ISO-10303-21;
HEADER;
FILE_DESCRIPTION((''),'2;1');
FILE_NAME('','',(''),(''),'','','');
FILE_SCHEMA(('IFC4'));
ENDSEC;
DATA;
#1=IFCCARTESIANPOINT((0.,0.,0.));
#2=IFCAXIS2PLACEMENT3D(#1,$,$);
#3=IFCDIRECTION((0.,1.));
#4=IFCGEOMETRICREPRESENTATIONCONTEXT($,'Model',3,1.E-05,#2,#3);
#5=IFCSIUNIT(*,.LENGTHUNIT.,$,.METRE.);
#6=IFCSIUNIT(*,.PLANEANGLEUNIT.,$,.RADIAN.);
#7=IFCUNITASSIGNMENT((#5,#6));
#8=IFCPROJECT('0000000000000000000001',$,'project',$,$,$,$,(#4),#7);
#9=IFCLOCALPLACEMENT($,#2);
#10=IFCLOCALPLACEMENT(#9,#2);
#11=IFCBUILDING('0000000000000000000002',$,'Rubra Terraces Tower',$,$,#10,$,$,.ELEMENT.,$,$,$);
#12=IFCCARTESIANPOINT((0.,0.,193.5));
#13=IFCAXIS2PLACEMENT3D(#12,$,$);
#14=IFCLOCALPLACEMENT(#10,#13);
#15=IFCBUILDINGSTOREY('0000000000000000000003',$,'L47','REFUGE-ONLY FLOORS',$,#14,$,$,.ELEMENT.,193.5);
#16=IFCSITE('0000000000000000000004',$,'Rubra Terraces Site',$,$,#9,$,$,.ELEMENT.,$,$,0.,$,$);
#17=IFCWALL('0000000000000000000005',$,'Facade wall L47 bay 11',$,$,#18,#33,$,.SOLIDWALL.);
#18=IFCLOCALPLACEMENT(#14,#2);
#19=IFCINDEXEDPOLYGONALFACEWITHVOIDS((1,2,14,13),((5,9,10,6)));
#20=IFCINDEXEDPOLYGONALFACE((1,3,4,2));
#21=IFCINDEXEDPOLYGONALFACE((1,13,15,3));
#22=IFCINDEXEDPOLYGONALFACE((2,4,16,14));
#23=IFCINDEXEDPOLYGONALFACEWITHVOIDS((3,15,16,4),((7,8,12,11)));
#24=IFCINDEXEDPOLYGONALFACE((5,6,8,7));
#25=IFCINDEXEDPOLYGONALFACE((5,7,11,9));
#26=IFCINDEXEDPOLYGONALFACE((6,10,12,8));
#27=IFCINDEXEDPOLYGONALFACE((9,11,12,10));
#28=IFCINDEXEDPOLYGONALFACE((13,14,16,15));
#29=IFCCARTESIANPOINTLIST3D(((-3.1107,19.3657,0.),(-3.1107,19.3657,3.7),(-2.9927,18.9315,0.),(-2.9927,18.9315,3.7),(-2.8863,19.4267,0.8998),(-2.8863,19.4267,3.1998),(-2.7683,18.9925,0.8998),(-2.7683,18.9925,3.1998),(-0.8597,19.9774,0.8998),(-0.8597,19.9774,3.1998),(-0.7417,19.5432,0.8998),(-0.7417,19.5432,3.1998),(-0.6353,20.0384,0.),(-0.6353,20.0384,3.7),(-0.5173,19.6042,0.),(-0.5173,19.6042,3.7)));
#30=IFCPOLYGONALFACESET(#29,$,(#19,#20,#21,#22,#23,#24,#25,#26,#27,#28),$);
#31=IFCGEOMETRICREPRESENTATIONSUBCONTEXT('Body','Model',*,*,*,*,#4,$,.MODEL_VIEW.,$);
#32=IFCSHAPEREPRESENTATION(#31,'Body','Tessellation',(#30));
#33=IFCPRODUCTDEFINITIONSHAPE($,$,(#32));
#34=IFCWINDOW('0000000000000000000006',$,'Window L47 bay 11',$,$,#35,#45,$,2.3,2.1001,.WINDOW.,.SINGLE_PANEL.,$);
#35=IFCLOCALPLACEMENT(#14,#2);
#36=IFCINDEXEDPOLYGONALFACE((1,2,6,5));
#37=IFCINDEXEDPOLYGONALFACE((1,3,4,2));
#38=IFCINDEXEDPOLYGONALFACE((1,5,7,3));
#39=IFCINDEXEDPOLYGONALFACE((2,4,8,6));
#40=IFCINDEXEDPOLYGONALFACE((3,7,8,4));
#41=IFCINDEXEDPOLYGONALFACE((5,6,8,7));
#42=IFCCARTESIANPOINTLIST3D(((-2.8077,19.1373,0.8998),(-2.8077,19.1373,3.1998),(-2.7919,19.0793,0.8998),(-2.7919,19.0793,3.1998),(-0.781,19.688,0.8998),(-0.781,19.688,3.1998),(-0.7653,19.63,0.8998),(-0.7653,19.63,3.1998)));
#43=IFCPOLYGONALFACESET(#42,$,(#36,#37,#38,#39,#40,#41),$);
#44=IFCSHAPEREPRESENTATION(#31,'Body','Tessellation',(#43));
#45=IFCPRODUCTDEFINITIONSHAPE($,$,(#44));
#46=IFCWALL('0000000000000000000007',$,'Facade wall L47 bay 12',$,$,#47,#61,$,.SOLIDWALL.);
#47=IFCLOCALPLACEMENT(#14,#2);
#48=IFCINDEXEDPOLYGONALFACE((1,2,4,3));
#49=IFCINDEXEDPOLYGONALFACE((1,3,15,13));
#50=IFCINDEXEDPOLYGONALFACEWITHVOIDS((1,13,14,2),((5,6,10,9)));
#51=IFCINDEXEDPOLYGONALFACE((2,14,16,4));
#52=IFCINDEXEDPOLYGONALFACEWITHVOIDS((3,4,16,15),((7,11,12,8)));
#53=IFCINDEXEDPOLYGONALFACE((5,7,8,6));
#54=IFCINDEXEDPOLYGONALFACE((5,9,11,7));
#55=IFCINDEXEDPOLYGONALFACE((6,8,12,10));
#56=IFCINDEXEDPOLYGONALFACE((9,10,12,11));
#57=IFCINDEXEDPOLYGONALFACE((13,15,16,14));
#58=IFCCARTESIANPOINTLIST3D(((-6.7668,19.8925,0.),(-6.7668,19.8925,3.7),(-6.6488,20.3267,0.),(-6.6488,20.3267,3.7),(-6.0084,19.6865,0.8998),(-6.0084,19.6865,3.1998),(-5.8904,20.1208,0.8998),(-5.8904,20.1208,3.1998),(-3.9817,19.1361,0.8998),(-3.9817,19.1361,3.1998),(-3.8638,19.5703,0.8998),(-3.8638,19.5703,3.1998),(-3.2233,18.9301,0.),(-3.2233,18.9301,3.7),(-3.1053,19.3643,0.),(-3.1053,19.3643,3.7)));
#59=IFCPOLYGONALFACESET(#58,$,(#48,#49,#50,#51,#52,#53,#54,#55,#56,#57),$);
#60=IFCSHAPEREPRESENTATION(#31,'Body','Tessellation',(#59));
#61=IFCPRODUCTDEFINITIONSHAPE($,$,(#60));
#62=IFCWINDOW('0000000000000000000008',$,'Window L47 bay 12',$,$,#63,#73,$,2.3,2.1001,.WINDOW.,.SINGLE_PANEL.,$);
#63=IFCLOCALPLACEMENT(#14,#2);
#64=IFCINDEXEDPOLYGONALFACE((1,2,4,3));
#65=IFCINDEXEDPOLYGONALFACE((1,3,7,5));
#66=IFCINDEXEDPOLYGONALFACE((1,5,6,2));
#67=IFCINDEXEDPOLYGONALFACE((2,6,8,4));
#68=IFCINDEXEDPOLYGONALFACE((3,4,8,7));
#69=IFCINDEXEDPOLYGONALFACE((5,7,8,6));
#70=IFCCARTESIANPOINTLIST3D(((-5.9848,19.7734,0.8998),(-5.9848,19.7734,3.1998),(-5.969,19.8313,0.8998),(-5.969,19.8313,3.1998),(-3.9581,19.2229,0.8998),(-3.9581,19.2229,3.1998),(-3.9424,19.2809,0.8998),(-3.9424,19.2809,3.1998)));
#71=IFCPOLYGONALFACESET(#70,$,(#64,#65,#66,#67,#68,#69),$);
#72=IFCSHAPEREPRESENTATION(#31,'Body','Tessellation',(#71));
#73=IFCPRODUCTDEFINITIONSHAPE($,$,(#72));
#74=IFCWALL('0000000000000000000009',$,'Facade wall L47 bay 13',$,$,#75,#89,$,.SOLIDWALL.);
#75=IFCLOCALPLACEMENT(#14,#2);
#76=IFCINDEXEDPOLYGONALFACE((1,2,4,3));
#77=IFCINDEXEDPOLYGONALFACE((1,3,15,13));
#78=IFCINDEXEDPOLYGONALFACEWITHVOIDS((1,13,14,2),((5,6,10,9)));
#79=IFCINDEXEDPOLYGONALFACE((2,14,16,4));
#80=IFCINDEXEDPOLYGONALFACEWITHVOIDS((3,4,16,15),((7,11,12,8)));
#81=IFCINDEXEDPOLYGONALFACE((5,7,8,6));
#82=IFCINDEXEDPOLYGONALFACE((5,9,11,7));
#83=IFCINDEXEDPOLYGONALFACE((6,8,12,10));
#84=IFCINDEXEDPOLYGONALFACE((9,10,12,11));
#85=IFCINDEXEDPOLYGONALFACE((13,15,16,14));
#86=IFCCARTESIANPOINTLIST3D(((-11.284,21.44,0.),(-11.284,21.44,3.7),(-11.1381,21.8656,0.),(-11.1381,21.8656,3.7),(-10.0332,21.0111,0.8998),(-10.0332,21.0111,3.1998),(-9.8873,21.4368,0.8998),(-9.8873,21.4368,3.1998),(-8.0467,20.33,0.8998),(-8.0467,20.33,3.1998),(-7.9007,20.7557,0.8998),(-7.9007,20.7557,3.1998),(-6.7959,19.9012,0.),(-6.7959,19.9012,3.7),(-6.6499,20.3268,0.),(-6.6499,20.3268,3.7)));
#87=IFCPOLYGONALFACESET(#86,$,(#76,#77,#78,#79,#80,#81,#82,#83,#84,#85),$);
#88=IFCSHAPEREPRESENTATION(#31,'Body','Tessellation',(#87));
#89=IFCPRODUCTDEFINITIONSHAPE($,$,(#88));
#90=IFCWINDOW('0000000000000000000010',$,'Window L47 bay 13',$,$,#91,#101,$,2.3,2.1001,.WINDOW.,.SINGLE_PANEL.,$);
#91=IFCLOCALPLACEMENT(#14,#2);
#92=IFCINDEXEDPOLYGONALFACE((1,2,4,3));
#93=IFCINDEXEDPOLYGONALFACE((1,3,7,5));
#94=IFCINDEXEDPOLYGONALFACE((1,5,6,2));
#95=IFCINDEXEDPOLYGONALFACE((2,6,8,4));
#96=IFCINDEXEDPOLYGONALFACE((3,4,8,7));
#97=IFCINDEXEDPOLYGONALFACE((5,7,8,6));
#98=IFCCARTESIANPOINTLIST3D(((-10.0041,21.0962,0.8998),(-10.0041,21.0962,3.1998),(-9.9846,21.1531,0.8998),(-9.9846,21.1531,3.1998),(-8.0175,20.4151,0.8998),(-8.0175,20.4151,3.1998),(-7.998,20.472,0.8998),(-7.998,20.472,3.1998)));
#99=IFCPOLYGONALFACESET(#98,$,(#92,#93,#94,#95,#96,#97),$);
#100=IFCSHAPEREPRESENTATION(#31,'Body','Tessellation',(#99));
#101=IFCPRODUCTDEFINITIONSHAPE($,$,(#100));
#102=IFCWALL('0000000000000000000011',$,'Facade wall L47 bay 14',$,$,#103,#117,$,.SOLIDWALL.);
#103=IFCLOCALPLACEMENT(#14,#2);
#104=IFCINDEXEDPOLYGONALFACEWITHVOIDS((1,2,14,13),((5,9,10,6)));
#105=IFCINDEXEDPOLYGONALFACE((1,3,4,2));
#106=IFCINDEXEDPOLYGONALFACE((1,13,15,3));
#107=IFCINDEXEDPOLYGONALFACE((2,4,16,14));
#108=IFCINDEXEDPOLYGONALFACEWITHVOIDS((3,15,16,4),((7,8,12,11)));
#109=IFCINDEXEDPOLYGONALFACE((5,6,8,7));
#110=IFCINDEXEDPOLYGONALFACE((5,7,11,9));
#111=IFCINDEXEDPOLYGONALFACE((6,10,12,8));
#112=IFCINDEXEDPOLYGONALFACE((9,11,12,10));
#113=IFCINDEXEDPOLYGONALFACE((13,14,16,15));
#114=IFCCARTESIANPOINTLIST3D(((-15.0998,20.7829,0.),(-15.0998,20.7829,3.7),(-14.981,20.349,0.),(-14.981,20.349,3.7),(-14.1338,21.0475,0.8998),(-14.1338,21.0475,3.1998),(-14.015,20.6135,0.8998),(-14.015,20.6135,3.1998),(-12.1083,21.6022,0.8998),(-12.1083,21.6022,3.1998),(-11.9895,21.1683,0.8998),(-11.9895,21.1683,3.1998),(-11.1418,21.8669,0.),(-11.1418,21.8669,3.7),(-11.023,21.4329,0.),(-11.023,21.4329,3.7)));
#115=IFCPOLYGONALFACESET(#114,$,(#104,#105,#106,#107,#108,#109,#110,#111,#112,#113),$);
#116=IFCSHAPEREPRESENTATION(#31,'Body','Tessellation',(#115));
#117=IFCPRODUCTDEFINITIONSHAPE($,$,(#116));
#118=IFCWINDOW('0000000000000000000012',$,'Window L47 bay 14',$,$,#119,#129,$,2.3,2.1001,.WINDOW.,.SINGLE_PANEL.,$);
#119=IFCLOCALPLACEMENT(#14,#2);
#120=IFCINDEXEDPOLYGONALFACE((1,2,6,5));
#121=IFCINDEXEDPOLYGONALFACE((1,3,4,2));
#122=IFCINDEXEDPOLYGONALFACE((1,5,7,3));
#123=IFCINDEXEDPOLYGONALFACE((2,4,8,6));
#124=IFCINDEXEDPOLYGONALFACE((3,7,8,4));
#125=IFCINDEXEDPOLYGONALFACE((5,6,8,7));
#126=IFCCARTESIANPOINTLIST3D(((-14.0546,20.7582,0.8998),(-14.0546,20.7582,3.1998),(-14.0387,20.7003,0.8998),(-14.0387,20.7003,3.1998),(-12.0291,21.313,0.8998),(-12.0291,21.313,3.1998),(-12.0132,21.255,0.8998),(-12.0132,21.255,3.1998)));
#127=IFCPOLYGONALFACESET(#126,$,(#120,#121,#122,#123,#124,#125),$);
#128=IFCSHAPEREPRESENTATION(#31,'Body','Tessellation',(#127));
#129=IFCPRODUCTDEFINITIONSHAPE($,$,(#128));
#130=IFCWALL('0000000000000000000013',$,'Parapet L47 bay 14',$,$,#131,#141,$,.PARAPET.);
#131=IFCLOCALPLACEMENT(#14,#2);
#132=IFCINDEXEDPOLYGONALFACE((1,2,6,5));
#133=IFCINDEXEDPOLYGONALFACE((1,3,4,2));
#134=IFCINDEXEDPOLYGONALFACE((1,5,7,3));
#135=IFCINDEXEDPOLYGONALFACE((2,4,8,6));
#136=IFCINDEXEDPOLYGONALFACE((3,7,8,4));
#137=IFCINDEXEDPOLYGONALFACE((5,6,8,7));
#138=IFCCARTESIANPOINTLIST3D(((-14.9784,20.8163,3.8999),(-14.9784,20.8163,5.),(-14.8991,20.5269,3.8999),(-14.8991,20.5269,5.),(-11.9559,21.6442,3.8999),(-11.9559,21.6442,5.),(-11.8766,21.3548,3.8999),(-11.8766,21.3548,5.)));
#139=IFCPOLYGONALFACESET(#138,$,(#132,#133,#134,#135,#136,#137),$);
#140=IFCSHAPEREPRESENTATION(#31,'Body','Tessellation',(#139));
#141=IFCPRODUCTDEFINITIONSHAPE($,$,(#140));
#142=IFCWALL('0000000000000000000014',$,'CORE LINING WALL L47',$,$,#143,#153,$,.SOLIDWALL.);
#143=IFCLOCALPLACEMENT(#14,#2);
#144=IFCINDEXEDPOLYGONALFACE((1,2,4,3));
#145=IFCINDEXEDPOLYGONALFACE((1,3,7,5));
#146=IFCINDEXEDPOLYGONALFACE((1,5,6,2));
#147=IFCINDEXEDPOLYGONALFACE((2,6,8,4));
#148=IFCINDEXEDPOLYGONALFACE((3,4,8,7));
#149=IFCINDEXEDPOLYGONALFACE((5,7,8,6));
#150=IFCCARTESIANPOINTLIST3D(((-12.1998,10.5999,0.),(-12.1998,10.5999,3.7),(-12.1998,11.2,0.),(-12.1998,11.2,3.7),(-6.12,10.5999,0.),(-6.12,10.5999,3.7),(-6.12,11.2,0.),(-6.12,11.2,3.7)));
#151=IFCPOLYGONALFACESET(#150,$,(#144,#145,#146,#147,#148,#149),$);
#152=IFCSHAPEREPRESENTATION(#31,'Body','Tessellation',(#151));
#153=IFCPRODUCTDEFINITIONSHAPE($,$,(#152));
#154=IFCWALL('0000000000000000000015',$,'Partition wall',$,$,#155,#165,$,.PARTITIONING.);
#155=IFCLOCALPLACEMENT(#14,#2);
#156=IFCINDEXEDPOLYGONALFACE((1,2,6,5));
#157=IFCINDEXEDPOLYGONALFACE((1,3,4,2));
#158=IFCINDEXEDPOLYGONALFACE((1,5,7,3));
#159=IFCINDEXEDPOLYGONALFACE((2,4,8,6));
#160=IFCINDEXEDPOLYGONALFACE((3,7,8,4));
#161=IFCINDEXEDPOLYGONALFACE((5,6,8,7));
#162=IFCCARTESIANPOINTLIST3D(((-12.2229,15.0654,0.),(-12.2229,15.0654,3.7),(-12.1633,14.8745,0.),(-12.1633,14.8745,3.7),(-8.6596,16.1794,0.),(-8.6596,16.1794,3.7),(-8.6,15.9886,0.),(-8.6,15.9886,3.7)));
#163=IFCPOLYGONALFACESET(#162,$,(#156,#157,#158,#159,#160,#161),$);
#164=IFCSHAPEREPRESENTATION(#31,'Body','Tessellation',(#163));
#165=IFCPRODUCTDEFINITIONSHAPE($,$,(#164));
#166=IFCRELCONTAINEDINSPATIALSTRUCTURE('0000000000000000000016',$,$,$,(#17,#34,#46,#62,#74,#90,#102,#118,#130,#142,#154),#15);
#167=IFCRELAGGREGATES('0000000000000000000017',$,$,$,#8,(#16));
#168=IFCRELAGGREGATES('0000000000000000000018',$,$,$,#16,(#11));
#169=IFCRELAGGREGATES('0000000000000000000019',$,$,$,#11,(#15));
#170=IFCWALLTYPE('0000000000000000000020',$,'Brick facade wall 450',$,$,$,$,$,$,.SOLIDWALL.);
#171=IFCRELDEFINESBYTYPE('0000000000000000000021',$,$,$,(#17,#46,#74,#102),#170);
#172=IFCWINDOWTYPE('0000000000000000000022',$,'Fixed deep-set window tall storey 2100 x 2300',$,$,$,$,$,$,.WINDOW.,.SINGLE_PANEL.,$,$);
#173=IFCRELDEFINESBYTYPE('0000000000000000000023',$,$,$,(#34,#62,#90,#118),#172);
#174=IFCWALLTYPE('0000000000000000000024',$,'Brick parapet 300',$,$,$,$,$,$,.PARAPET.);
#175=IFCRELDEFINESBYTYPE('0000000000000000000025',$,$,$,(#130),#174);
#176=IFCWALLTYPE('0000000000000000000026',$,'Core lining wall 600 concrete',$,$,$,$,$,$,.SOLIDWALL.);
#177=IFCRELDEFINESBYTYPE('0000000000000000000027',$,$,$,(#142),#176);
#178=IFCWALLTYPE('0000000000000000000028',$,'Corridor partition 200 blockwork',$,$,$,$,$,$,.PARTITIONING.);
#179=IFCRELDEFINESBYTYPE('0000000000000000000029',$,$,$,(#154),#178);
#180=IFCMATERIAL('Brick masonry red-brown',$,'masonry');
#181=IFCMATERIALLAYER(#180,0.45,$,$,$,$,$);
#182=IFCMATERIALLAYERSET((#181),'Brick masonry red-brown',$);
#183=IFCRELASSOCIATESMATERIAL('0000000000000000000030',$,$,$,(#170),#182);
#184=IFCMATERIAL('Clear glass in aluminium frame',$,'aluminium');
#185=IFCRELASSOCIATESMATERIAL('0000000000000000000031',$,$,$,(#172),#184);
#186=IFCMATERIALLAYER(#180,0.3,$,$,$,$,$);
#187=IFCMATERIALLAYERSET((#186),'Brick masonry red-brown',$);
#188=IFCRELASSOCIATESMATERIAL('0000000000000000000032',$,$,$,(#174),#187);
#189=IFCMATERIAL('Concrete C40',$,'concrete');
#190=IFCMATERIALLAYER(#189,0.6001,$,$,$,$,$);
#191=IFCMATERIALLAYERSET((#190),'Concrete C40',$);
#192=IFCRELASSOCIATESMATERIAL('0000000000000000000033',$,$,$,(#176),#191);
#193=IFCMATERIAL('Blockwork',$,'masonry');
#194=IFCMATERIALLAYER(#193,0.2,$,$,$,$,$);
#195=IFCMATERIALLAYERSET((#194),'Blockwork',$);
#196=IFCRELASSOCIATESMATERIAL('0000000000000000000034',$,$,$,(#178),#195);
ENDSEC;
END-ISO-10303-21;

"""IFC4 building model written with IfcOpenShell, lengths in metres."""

from ifc_helpers import new_model, si_unit, direction, frame, frame_2d, origin, place, context, subcontext, project, spatial, rectangle, extrude, material, layer, layer_set, type_object, element, fill, save


model = new_model("IFC4")

# Units and contexts
model_context = context("Model", 3, precision=1e-05, world=origin(), true_north=direction((0.0, 1.0)))
body_context = subcontext(model_context, "Body", "Model", "MODEL_VIEW")
ifc_project = project(units=[si_unit("LENGTHUNIT", "METRE"), si_unit("PLANEANGLEUNIT", "RADIAN")], contexts=[model_context])

# Site, building, storey
site_placement = place(None, origin())
site = spatial("IfcSite", under=ifc_project, at=site_placement, Name="Rubra Terraces Site", CompositionType="ELEMENT", RefElevation=0.0)
building_placement = place(site_placement, origin())
building = spatial("IfcBuilding", under=site, at=building_placement, Name="Rubra Terraces Tower", CompositionType="ELEMENT")
storey_placement = place(building_placement, frame((0.0, 0.0, 193.5)))
storey = spatial("IfcBuildingStorey", under=building, at=storey_placement, Name="L47", Description="REFUGE-ONLY FLOORS", CompositionType="ELEMENT", Elevation=193.5)

# Walls, openings, windows
ifc_material_1 = material(Name="Brick masonry red-brown", Category="masonry")
ifc_layer_1 = layer(ifc_material_1, 0.45)
ifc_layer_set_1 = layer_set([ifc_layer_1], Name="Brick masonry red-brown")
wall_type_1 = type_object("IfcWallType", Name="Brick facade wall 450", PredefinedType="SOLIDWALL", material=ifc_layer_set_1)
wall_1_placement = place(storey_placement, frame((-0.5762, 19.8213, 0.0), z_axis=(0.0, 0.0, 1.0), x_axis=(-0.965009, -0.262215, 0.0)))
wall_1 = element("IfcWall", 1, at=wall_1_placement, inside=storey, type_object=wall_type_1, Name="Facade wall L47 bay 11", PredefinedType="SOLIDWALL", context=body_context, shape_type="SweptSolid", body=[
    extrude(rectangle(XDim=2.5652, YDim=0.45, at=frame_2d((1.2827, 0.0))), origin(), (0.0, 0.0, 1.0), 3.7),
])
opening_1_placement = place(wall_1_placement, frame((0.2327, 0.0, 0.8999)))
opening_1 = element("IfcOpeningElement", 2, at=opening_1_placement, cuts=wall_1, PredefinedType="OPENING", context=body_context, shape_type="SweptSolid", body=[
    extrude(rectangle(XDim=2.1001, YDim=2.3, at=frame_2d((1.05, 1.1499))), frame((0.0, 0.2349, 0.0), z_axis=(0.0, -1.0, 0.0), x_axis=(1.0, 0.0, 0.0)), (0.0, 0.0, 1.0), 0.47),
])
ifc_material_2 = material(Name="Clear glass in aluminium frame", Category="aluminium")
window_type = type_object("IfcWindowType", Name="Fixed deep-set window tall storey 2100 x 2300", PartitioningType="SINGLE_PANEL", PredefinedType="WINDOW", material=ifc_material_2)
window_1_placement = place(opening_1_placement, origin())
window_1 = element("IfcWindow", 3, at=window_1_placement, inside=storey, type_object=window_type, Name="Window L47 bay 11", OverallHeight=2.3, OverallWidth=2.1001, PartitioningType="SINGLE_PANEL", PredefinedType="WINDOW", context=body_context, shape_type="SweptSolid", body=[
    extrude(rectangle(XDim=2.1001, YDim=2.3, at=frame_2d((1.05, 1.1499))), frame((0.0, 0.135, 0.0), z_axis=(0.0, -1.0, 0.0), x_axis=(1.0, 0.0, 0.0)), (0.0, 0.0, 1.0), 0.0601),
])
fill(opening_1, window_1)
wall_2_placement = place(storey_placement, frame((-3.1643, 19.1472, 0.0), z_axis=(0.0, 0.0, 1.0), x_axis=(-0.965039, 0.262105, 0.0)))
wall_2 = element("IfcWall", 4, at=wall_2_placement, inside=storey, type_object=wall_type_1, Name="Facade wall L47 bay 12", PredefinedType="SOLIDWALL", context=body_context, shape_type="SweptSolid", body=[
    extrude(rectangle(XDim=3.6719, YDim=0.45, at=frame_2d((1.8359, 0.0))), origin(), (0.0, 0.0, 1.0), 3.7),
])
opening_2_placement = place(wall_2_placement, frame((0.7859, 0.0, 0.8999)))
opening_2 = element("IfcOpeningElement", 5, at=opening_2_placement, cuts=wall_2, PredefinedType="OPENING", context=body_context, shape_type="SweptSolid", body=[
    extrude(rectangle(XDim=2.1001, YDim=2.3, at=frame_2d((1.05, 1.1499))), frame((0.0, 0.2349, 0.0), z_axis=(0.0, -1.0, 0.0), x_axis=(1.0, 0.0, 0.0)), (0.0, 0.0, 1.0), 0.47),
])
window_2_placement = place(opening_2_placement, origin())
window_2 = element("IfcWindow", 6, at=window_2_placement, inside=storey, type_object=window_type, Name="Window L47 bay 12", OverallHeight=2.3, OverallWidth=2.1001, PartitioningType="SINGLE_PANEL", PredefinedType="WINDOW", context=body_context, shape_type="SweptSolid", body=[
    extrude(rectangle(XDim=2.1001, YDim=2.3, at=frame_2d((1.05, 1.1499))), frame((0.0, 0.135, 0.0), z_axis=(0.0, -1.0, 0.0), x_axis=(1.0, 0.0, 0.0)), (0.0, 0.0, 1.0), 0.0601),
])
fill(opening_2, window_2)
wall_3_placement = place(storey_placement, frame((-6.7229, 20.114, 0.0), z_axis=(0.0, 0.0, 1.0), x_axis=(-0.945947, 0.32432, 0.0)))
wall_3 = element("IfcWall", 7, at=wall_3_placement, inside=storey, type_object=wall_type_1, Name="Facade wall L47 bay 13", PredefinedType="SOLIDWALL", context=body_context, shape_type="SweptSolid", body=[
    extrude(rectangle(XDim=4.7446, YDim=0.45, at=frame_2d((2.3723, 0.0))), origin(), (0.0, 0.0, 1.0), 3.7),
])
opening_3_placement = place(wall_3_placement, frame((1.3223, 0.0, 0.8999)))
opening_3 = element("IfcOpeningElement", 8, at=opening_3_placement, cuts=wall_3, PredefinedType="OPENING", context=body_context, shape_type="SweptSolid", body=[
    extrude(rectangle(XDim=2.1001, YDim=2.3, at=frame_2d((1.05, 1.1499))), frame((0.0, 0.2349, 0.0), z_axis=(0.0, -1.0, 0.0), x_axis=(1.0, 0.0, 0.0)), (0.0, 0.0, 1.0), 0.47),
])
window_3_placement = place(opening_3_placement, origin())
window_3 = element("IfcWindow", 9, at=window_3_placement, inside=storey, type_object=window_type, Name="Window L47 bay 13", OverallHeight=2.3, OverallWidth=2.1001, PartitioningType="SINGLE_PANEL", PredefinedType="WINDOW", context=body_context, shape_type="SweptSolid", body=[
    extrude(rectangle(XDim=2.1001, YDim=2.3, at=frame_2d((1.05, 1.1499))), frame((0.0, 0.135, 0.0), z_axis=(0.0, -1.0, 0.0), x_axis=(1.0, 0.0, 0.0)), (0.0, 0.0, 1.0), 0.0601),
])
fill(opening_3, window_3)
wall_4_placement = place(storey_placement, frame((-11.0825, 21.6499, 0.0), z_axis=(0.0, 0.0, 1.0), x_axis=(-0.964483, -0.264144, 0.0)))
wall_4 = element("IfcWall", 10, at=wall_4_placement, inside=storey, type_object=wall_type_1, Name="Facade wall L47 bay 14", PredefinedType="SOLIDWALL", context=body_context, shape_type="SweptSolid", body=[
    extrude(rectangle(XDim=4.1038, YDim=0.45, at=frame_2d((2.0518, 0.0))), origin(), (0.0, 0.0, 1.0), 3.7),
])
opening_4_placement = place(wall_4_placement, frame((1.002, 0.0, 0.8999)))
opening_4 = element("IfcOpeningElement", 11, at=opening_4_placement, cuts=wall_4, PredefinedType="OPENING", context=body_context, shape_type="SweptSolid", body=[
    extrude(rectangle(XDim=2.1001, YDim=2.3, at=frame_2d((1.05, 1.1499))), frame((0.0, 0.2349, 0.0), z_axis=(0.0, -1.0, 0.0), x_axis=(1.0, 0.0, 0.0)), (0.0, 0.0, 1.0), 0.47),
])
window_4_placement = place(opening_4_placement, origin())
window_4 = element("IfcWindow", 12, at=window_4_placement, inside=storey, type_object=window_type, Name="Window L47 bay 14", OverallHeight=2.3, OverallWidth=2.1001, PartitioningType="SINGLE_PANEL", PredefinedType="WINDOW", context=body_context, shape_type="SweptSolid", body=[
    extrude(rectangle(XDim=2.1001, YDim=2.3, at=frame_2d((1.05, 1.1499))), frame((0.0, 0.135, 0.0), z_axis=(0.0, -1.0, 0.0), x_axis=(1.0, 0.0, 0.0)), (0.0, 0.0, 1.0), 0.0601),
])
fill(opening_4, window_4)

# Walls
ifc_layer_2 = layer(ifc_material_1, 0.3)
ifc_layer_set_2 = layer_set([ifc_layer_2], Name="Brick masonry red-brown")
wall_type_2 = type_object("IfcWallType", Name="Brick parapet 300", PredefinedType="PARAPET", material=ifc_layer_set_2)
wall_5_placement = place(storey_placement, frame((-11.9163, 21.4995, 3.8999), z_axis=(0.0, 0.0, 1.0), x_axis=(-0.964474, -0.264179, 0.0)))
element("IfcWall", 13, at=wall_5_placement, inside=storey, type_object=wall_type_2, Name="Parapet L47 bay 14", PredefinedType="PARAPET", context=body_context, shape_type="SweptSolid", body=[
    extrude(rectangle(XDim=3.1338, YDim=0.3, at=frame_2d((1.5669, 0.0))), origin(), (0.0, 0.0, 1.0), 1.1001),
])
ifc_material_3 = material(Name="Concrete C40", Category="concrete")
ifc_layer_3 = layer(ifc_material_3, 0.6001)
ifc_layer_set_3 = layer_set([ifc_layer_3], Name="Concrete C40")
wall_type_3 = type_object("IfcWallType", Name="Core lining wall 600 concrete", PredefinedType="SOLIDWALL", material=ifc_layer_set_3)
wall_6_placement = place(storey_placement, frame((-12.2, 10.8999, 0.0), z_axis=(0.0, 0.0, 1.0), x_axis=(1.0, 0.0, 0.0)))
element("IfcWall", 14, at=wall_6_placement, inside=storey, type_object=wall_type_3, Name="CORE LINING WALL L47", PredefinedType="SOLIDWALL", context=body_context, shape_type="SweptSolid", body=[
    extrude(rectangle(XDim=6.0798, YDim=0.6001, at=frame_2d((3.04, 0.0))), origin(), (0.0, 0.0, 1.0), 3.7),
])
ifc_material_4 = material(Name="Blockwork", Category="masonry")
ifc_layer_4 = layer(ifc_material_4, 0.2)
ifc_layer_set_4 = layer_set([ifc_layer_4], Name="Blockwork")
wall_type_4 = type_object("IfcWallType", Name="Corridor partition 200 blockwork", PredefinedType="PARTITIONING", material=ifc_layer_set_4)
wall_7_placement = place(storey_placement, frame((-12.1931, 14.97, 0.0), z_axis=(0.0, 0.0, 1.0), x_axis=(0.954442, 0.298398, 0.0)))
element("IfcWall", 15, at=wall_7_placement, inside=storey, type_object=wall_type_4, Name="Partition wall", PredefinedType="PARTITIONING", context=body_context, shape_type="SweptSolid", body=[
    extrude(rectangle(XDim=3.7334, YDim=0.2, at=frame_2d((1.8667, 0.0))), origin(), (0.0, 0.0, 1.0), 3.7),
])

save(model, "model.ifc")
